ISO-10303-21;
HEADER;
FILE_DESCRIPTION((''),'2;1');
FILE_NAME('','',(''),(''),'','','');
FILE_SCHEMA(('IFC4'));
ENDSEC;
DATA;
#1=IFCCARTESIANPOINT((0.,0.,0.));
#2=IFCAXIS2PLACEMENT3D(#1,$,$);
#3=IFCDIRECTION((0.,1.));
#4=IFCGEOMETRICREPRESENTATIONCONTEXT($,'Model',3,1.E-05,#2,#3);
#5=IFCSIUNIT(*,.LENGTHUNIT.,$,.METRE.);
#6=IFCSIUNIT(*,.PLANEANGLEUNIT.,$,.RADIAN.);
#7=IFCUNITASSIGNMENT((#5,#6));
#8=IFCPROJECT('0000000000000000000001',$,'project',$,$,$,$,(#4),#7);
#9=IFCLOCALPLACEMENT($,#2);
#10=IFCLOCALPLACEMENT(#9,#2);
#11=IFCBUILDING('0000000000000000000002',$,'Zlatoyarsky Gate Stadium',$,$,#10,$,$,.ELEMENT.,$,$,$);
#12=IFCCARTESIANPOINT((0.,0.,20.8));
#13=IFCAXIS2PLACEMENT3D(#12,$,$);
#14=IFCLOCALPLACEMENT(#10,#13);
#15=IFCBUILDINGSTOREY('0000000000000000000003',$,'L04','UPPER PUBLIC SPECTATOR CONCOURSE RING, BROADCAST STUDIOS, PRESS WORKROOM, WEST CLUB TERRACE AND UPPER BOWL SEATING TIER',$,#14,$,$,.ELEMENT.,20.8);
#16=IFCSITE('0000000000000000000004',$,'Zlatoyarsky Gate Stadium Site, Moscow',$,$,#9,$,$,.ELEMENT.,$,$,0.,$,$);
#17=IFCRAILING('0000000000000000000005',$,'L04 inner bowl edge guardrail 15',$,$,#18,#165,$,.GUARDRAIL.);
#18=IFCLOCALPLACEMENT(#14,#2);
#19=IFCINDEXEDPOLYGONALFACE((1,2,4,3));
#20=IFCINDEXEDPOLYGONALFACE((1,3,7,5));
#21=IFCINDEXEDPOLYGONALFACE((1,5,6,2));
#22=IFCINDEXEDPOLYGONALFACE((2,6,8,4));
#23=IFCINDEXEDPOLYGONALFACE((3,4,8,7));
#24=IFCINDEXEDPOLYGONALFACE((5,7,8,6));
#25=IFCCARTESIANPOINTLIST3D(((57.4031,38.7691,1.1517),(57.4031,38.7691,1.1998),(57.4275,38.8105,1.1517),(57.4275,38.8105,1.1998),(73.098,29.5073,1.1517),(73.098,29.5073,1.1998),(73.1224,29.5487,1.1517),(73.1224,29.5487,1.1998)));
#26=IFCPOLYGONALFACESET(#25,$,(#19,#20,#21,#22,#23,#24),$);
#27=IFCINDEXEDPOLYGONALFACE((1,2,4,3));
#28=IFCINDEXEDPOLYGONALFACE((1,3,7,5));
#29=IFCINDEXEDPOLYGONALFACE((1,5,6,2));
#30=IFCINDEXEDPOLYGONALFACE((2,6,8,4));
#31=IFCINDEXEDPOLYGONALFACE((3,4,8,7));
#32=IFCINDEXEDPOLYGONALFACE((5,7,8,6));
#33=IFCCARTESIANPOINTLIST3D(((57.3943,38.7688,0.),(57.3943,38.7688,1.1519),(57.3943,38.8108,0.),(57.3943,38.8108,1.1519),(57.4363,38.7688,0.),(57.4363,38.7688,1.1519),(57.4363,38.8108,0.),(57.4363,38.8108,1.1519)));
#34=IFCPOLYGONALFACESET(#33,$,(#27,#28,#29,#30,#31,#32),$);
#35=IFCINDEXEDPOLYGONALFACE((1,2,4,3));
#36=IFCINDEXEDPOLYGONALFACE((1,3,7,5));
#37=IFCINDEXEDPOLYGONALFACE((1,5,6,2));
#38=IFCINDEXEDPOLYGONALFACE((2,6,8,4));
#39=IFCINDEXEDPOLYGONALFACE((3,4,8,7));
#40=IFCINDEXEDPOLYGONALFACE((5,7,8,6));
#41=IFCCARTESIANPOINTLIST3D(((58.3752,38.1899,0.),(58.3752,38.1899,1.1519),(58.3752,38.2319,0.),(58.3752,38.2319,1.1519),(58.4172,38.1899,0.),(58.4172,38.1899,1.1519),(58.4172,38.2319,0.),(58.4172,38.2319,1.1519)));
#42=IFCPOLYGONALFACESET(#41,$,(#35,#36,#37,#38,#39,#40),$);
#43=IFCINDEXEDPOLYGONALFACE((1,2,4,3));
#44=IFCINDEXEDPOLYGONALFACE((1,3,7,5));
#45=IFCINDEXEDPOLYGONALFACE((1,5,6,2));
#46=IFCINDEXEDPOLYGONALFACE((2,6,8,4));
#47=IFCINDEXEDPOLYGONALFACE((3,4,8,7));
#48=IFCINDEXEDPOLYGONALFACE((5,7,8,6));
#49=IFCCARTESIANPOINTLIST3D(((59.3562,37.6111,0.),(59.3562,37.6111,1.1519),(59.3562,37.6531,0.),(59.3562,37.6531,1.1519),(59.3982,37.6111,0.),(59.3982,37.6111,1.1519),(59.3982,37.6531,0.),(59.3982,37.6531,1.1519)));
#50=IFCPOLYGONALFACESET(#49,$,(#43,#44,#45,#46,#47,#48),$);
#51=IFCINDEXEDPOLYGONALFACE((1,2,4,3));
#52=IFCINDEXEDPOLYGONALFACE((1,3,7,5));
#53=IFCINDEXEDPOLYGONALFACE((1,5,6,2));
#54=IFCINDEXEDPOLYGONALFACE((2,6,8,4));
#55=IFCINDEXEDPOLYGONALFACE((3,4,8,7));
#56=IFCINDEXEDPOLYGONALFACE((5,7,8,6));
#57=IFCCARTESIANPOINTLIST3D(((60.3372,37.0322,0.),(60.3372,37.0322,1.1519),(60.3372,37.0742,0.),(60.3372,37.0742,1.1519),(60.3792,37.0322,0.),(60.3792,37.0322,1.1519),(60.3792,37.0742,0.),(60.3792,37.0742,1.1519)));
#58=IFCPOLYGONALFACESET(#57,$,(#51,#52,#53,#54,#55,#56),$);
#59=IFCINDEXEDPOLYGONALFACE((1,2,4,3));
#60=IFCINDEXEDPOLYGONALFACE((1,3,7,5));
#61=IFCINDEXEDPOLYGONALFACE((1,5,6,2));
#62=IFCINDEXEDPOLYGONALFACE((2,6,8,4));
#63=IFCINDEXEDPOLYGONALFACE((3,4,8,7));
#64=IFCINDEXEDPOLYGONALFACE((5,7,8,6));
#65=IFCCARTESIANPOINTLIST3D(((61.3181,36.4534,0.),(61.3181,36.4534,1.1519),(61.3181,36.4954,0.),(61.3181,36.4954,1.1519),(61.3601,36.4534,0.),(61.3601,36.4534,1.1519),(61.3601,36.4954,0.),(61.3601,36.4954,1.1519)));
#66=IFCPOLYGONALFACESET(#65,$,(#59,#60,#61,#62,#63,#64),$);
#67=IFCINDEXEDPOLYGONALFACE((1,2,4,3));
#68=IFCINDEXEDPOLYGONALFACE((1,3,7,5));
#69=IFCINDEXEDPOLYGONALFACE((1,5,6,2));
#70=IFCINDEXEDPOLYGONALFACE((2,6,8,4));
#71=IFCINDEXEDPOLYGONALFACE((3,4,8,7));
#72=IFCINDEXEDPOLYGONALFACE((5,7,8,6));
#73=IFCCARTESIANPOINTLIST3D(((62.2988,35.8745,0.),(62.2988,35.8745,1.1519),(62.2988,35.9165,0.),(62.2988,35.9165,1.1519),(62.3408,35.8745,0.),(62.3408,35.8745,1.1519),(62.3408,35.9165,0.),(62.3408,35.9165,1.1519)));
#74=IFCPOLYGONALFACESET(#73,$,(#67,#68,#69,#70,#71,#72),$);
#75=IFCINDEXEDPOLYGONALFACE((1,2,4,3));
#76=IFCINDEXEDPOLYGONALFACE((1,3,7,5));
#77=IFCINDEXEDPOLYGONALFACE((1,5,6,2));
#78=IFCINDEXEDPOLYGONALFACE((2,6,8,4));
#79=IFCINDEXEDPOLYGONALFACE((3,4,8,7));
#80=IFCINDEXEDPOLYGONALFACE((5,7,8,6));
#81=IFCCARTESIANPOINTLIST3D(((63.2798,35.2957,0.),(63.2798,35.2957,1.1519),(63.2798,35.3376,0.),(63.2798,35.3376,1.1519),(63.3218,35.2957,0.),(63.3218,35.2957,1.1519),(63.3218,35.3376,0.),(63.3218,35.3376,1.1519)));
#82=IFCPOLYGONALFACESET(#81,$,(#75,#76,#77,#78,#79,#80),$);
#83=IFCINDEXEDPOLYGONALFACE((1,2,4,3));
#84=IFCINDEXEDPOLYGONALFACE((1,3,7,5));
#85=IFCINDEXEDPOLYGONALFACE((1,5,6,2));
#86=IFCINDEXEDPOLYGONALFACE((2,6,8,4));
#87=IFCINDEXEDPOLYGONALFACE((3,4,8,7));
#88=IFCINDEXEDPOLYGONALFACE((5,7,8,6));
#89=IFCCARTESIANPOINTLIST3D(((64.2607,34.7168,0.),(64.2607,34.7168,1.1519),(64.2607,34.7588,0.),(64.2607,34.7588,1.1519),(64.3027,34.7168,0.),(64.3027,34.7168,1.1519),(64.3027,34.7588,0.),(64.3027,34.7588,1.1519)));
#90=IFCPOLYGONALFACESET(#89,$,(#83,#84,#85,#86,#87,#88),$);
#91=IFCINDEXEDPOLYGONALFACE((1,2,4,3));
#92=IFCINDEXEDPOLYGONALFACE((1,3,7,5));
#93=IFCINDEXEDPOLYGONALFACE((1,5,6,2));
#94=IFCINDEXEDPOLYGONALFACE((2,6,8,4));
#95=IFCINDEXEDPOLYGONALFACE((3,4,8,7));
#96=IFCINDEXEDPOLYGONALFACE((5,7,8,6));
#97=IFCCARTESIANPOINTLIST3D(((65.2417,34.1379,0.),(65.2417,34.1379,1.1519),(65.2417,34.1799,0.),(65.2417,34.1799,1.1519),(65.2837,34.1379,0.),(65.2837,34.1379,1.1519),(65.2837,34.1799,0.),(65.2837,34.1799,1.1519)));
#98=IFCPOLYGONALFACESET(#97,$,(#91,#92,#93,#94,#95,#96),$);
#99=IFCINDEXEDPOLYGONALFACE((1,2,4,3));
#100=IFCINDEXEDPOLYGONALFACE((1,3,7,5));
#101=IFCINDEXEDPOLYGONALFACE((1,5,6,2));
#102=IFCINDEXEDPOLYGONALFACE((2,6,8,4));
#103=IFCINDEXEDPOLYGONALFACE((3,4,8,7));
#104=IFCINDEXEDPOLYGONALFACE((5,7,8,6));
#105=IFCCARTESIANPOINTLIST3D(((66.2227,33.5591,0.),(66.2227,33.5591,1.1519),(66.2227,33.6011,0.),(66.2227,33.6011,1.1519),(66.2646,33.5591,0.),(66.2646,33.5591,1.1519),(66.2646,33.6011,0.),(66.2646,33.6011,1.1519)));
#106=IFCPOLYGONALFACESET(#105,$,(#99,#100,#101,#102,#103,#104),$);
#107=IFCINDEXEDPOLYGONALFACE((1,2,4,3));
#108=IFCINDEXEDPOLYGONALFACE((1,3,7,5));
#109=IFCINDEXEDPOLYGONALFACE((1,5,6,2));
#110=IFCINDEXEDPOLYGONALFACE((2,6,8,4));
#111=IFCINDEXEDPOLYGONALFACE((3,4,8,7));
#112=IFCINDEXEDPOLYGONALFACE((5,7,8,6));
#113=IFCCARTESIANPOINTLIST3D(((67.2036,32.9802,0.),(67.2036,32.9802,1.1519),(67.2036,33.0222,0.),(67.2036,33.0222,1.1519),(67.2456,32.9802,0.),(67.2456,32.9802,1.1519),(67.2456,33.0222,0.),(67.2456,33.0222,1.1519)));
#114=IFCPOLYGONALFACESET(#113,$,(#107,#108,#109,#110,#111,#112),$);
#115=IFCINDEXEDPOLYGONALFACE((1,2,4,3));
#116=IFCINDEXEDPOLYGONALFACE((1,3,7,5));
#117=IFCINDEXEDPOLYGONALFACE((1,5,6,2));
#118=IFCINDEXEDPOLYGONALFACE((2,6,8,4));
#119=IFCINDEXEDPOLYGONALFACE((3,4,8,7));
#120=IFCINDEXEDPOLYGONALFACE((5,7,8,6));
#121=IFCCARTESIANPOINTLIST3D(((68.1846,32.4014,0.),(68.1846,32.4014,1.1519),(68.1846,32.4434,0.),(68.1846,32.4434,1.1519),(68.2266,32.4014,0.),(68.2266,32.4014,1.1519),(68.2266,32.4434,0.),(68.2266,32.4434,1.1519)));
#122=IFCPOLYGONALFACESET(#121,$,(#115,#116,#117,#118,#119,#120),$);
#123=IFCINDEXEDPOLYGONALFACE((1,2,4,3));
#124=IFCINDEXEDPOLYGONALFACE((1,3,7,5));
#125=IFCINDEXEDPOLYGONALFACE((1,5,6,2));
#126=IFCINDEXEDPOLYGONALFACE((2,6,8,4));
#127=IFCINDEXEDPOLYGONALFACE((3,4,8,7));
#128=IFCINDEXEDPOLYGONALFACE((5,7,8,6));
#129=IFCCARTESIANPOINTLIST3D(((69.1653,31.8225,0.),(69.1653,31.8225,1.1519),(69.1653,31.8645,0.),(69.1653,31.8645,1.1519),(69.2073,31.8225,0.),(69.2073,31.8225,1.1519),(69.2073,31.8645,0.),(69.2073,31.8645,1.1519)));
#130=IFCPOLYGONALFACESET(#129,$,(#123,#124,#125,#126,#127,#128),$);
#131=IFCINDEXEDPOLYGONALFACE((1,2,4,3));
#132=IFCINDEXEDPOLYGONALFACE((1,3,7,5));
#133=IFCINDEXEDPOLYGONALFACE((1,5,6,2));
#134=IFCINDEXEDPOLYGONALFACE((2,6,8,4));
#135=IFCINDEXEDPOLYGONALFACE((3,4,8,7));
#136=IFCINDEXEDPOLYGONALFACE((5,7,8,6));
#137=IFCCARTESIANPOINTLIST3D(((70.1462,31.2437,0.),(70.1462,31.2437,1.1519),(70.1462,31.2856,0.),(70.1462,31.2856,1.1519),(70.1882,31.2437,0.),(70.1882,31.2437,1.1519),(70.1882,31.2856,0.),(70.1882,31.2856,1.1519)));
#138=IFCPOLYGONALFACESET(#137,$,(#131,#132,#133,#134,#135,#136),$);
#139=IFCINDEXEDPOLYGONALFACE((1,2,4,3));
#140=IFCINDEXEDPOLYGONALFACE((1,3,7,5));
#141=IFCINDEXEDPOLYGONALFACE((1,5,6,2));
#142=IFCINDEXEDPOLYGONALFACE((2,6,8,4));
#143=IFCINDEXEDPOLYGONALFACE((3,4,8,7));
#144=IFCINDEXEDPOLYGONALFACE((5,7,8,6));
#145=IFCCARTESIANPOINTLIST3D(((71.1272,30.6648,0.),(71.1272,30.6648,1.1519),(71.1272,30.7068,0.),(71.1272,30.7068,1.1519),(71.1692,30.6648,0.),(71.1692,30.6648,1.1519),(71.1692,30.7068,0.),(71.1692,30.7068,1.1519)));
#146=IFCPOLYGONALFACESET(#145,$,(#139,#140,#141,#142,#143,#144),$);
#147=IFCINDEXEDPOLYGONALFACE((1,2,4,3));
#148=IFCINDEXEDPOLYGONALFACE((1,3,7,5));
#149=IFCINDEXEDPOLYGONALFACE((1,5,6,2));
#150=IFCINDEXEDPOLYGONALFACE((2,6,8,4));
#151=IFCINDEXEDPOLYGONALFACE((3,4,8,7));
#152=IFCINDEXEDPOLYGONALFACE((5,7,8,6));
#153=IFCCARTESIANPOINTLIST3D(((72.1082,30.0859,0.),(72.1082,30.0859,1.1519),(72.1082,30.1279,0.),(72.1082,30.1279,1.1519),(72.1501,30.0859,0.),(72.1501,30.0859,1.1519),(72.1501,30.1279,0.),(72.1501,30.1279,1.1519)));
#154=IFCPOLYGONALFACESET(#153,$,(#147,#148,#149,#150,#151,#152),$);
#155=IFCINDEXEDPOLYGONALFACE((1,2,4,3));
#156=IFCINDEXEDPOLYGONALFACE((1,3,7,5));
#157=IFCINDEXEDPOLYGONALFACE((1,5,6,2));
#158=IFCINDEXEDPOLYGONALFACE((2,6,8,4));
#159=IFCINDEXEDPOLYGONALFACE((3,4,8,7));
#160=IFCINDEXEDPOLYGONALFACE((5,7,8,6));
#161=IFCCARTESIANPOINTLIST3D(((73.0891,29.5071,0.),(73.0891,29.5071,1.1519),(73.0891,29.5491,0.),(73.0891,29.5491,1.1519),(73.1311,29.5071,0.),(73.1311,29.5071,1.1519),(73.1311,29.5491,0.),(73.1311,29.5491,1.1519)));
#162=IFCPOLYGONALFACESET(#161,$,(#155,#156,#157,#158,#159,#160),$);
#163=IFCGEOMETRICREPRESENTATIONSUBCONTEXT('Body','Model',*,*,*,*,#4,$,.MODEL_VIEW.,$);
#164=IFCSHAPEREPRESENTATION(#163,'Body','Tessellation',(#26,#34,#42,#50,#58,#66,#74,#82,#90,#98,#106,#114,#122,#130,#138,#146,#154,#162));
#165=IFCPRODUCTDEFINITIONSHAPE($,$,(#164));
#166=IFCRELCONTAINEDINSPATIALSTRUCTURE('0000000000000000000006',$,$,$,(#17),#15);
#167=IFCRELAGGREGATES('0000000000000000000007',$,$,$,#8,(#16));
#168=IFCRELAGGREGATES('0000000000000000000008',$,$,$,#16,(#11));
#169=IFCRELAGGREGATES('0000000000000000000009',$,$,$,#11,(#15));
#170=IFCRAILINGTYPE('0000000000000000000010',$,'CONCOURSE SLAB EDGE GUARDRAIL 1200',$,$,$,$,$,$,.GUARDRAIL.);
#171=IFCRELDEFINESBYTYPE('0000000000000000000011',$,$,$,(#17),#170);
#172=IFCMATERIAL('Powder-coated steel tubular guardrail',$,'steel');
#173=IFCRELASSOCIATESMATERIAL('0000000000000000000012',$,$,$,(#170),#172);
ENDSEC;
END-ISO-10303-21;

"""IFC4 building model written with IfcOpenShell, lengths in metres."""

from ifc_helpers import new_model, si_unit, direction, frame, origin, origin_2d, place, context, subcontext, project, spatial, rectangle, extrude, material, type_object, element, save


model = new_model("IFC4")

# Units and contexts
model_context = context("Model", 3, precision=1e-05, world=origin(), true_north=direction((0.0, 1.0)))
body_context = subcontext(model_context, "Body", "Model", "MODEL_VIEW")
ifc_project = project(units=[si_unit("LENGTHUNIT", "METRE"), si_unit("PLANEANGLEUNIT", "RADIAN")], contexts=[model_context])

# Site, building, storey
site_placement = place(None, origin())
site = spatial("IfcSite", under=ifc_project, at=site_placement, Name="Zlatoyarsky Gate Stadium Site, Moscow", CompositionType="ELEMENT", RefElevation=0.0)
building_placement = place(site_placement, origin())
building = spatial("IfcBuilding", under=site, at=building_placement, Name="Zlatoyarsky Gate Stadium", CompositionType="ELEMENT")
storey_placement = place(building_placement, frame((0.0, 0.0, 20.8)))
storey = spatial("IfcBuildingStorey", under=building, at=storey_placement, Name="L04", Description="UPPER PUBLIC SPECTATOR CONCOURSE RING, BROADCAST STUDIOS, PRESS WORKROOM, WEST CLUB TERRACE AND UPPER BOWL SEATING TIER", CompositionType="ELEMENT", Elevation=20.8)

# Railing
ifc_material_1 = material(Name="Powder-coated steel tubular guardrail", Category="steel")
railing_type = type_object("IfcRailingType", Name="CONCOURSE SLAB EDGE GUARDRAIL 1200", PredefinedType="GUARDRAIL", material=ifc_material_1)
railing_1_placement = place(storey_placement, frame((57.4153, 38.7898, 0.0)))
element("IfcRailing", 1, at=railing_1_placement, inside=storey, type_object=railing_type, Name="L04 inner bowl edge guardrail 15", PredefinedType="GUARDRAIL", context=body_context, shape_type="SweptSolid", body=[
    extrude(rectangle(XDim=0.0481, YDim=0.0481, at=origin_2d()), frame((0.0, 0.0, 1.1758), z_axis=(0.861227, -0.508221, 0.0), x_axis=(0.508221, 0.861227, 0.0)), (0.0, 0.0, 1.0), 18.2239),
    extrude(rectangle(XDim=0.042, YDim=0.042, at=origin_2d()), origin(), (0.0, 0.0, 1.0), 1.1519),
    extrude(rectangle(XDim=0.042, YDim=0.042, at=origin_2d()), frame((0.981, -0.5789, 0.0)), (0.0, 0.0, 1.0), 1.1519),
    extrude(rectangle(XDim=0.042, YDim=0.042, at=origin_2d()), frame((1.9619, -1.1577, 0.0)), (0.0, 0.0, 1.0), 1.1519),
    extrude(rectangle(XDim=0.042, YDim=0.042, at=origin_2d()), frame((2.9429, -1.7366, 0.0)), (0.0, 0.0, 1.0), 1.1519),
    extrude(rectangle(XDim=0.042, YDim=0.042, at=origin_2d()), frame((3.9238, -2.3154, 0.0)), (0.0, 0.0, 1.0), 1.1519),
    extrude(rectangle(XDim=0.042, YDim=0.042, at=origin_2d()), frame((4.9045, -2.8943, 0.0)), (0.0, 0.0, 1.0), 1.1519),
    extrude(rectangle(XDim=0.042, YDim=0.042, at=origin_2d()), frame((5.8855, -3.4731, 0.0)), (0.0, 0.0, 1.0), 1.1519),
    extrude(rectangle(XDim=0.042, YDim=0.042, at=origin_2d()), frame((6.8665, -4.052, 0.0)), (0.0, 0.0, 1.0), 1.1519),
    extrude(rectangle(XDim=0.042, YDim=0.042, at=origin_2d()), frame((7.8474, -4.6309, 0.0)), (0.0, 0.0, 1.0), 1.1519),
    extrude(rectangle(XDim=0.042, YDim=0.042, at=origin_2d()), frame((8.8284, -5.2097, 0.0)), (0.0, 0.0, 1.0), 1.1519),
    extrude(rectangle(XDim=0.042, YDim=0.042, at=origin_2d()), frame((9.8093, -5.7886, 0.0)), (0.0, 0.0, 1.0), 1.1519),
    extrude(rectangle(XDim=0.042, YDim=0.042, at=origin_2d()), frame((10.7903, -6.3674, 0.0)), (0.0, 0.0, 1.0), 1.1519),
    extrude(rectangle(XDim=0.042, YDim=0.042, at=origin_2d()), frame((11.771, -6.9463, 0.0)), (0.0, 0.0, 1.0), 1.1519),
    extrude(rectangle(XDim=0.042, YDim=0.042, at=origin_2d()), frame((12.752, -7.5251, 0.0)), (0.0, 0.0, 1.0), 1.1519),
    extrude(rectangle(XDim=0.042, YDim=0.042, at=origin_2d()), frame((13.7329, -8.104, 0.0)), (0.0, 0.0, 1.0), 1.1519),
    extrude(rectangle(XDim=0.042, YDim=0.042, at=origin_2d()), frame((14.7139, -8.6829, 0.0)), (0.0, 0.0, 1.0), 1.1519),
    extrude(rectangle(XDim=0.042, YDim=0.042, at=origin_2d()), frame((15.6948, -9.2617, 0.0)), (0.0, 0.0, 1.0), 1.1519),
])

save(model, "model.ifc")
